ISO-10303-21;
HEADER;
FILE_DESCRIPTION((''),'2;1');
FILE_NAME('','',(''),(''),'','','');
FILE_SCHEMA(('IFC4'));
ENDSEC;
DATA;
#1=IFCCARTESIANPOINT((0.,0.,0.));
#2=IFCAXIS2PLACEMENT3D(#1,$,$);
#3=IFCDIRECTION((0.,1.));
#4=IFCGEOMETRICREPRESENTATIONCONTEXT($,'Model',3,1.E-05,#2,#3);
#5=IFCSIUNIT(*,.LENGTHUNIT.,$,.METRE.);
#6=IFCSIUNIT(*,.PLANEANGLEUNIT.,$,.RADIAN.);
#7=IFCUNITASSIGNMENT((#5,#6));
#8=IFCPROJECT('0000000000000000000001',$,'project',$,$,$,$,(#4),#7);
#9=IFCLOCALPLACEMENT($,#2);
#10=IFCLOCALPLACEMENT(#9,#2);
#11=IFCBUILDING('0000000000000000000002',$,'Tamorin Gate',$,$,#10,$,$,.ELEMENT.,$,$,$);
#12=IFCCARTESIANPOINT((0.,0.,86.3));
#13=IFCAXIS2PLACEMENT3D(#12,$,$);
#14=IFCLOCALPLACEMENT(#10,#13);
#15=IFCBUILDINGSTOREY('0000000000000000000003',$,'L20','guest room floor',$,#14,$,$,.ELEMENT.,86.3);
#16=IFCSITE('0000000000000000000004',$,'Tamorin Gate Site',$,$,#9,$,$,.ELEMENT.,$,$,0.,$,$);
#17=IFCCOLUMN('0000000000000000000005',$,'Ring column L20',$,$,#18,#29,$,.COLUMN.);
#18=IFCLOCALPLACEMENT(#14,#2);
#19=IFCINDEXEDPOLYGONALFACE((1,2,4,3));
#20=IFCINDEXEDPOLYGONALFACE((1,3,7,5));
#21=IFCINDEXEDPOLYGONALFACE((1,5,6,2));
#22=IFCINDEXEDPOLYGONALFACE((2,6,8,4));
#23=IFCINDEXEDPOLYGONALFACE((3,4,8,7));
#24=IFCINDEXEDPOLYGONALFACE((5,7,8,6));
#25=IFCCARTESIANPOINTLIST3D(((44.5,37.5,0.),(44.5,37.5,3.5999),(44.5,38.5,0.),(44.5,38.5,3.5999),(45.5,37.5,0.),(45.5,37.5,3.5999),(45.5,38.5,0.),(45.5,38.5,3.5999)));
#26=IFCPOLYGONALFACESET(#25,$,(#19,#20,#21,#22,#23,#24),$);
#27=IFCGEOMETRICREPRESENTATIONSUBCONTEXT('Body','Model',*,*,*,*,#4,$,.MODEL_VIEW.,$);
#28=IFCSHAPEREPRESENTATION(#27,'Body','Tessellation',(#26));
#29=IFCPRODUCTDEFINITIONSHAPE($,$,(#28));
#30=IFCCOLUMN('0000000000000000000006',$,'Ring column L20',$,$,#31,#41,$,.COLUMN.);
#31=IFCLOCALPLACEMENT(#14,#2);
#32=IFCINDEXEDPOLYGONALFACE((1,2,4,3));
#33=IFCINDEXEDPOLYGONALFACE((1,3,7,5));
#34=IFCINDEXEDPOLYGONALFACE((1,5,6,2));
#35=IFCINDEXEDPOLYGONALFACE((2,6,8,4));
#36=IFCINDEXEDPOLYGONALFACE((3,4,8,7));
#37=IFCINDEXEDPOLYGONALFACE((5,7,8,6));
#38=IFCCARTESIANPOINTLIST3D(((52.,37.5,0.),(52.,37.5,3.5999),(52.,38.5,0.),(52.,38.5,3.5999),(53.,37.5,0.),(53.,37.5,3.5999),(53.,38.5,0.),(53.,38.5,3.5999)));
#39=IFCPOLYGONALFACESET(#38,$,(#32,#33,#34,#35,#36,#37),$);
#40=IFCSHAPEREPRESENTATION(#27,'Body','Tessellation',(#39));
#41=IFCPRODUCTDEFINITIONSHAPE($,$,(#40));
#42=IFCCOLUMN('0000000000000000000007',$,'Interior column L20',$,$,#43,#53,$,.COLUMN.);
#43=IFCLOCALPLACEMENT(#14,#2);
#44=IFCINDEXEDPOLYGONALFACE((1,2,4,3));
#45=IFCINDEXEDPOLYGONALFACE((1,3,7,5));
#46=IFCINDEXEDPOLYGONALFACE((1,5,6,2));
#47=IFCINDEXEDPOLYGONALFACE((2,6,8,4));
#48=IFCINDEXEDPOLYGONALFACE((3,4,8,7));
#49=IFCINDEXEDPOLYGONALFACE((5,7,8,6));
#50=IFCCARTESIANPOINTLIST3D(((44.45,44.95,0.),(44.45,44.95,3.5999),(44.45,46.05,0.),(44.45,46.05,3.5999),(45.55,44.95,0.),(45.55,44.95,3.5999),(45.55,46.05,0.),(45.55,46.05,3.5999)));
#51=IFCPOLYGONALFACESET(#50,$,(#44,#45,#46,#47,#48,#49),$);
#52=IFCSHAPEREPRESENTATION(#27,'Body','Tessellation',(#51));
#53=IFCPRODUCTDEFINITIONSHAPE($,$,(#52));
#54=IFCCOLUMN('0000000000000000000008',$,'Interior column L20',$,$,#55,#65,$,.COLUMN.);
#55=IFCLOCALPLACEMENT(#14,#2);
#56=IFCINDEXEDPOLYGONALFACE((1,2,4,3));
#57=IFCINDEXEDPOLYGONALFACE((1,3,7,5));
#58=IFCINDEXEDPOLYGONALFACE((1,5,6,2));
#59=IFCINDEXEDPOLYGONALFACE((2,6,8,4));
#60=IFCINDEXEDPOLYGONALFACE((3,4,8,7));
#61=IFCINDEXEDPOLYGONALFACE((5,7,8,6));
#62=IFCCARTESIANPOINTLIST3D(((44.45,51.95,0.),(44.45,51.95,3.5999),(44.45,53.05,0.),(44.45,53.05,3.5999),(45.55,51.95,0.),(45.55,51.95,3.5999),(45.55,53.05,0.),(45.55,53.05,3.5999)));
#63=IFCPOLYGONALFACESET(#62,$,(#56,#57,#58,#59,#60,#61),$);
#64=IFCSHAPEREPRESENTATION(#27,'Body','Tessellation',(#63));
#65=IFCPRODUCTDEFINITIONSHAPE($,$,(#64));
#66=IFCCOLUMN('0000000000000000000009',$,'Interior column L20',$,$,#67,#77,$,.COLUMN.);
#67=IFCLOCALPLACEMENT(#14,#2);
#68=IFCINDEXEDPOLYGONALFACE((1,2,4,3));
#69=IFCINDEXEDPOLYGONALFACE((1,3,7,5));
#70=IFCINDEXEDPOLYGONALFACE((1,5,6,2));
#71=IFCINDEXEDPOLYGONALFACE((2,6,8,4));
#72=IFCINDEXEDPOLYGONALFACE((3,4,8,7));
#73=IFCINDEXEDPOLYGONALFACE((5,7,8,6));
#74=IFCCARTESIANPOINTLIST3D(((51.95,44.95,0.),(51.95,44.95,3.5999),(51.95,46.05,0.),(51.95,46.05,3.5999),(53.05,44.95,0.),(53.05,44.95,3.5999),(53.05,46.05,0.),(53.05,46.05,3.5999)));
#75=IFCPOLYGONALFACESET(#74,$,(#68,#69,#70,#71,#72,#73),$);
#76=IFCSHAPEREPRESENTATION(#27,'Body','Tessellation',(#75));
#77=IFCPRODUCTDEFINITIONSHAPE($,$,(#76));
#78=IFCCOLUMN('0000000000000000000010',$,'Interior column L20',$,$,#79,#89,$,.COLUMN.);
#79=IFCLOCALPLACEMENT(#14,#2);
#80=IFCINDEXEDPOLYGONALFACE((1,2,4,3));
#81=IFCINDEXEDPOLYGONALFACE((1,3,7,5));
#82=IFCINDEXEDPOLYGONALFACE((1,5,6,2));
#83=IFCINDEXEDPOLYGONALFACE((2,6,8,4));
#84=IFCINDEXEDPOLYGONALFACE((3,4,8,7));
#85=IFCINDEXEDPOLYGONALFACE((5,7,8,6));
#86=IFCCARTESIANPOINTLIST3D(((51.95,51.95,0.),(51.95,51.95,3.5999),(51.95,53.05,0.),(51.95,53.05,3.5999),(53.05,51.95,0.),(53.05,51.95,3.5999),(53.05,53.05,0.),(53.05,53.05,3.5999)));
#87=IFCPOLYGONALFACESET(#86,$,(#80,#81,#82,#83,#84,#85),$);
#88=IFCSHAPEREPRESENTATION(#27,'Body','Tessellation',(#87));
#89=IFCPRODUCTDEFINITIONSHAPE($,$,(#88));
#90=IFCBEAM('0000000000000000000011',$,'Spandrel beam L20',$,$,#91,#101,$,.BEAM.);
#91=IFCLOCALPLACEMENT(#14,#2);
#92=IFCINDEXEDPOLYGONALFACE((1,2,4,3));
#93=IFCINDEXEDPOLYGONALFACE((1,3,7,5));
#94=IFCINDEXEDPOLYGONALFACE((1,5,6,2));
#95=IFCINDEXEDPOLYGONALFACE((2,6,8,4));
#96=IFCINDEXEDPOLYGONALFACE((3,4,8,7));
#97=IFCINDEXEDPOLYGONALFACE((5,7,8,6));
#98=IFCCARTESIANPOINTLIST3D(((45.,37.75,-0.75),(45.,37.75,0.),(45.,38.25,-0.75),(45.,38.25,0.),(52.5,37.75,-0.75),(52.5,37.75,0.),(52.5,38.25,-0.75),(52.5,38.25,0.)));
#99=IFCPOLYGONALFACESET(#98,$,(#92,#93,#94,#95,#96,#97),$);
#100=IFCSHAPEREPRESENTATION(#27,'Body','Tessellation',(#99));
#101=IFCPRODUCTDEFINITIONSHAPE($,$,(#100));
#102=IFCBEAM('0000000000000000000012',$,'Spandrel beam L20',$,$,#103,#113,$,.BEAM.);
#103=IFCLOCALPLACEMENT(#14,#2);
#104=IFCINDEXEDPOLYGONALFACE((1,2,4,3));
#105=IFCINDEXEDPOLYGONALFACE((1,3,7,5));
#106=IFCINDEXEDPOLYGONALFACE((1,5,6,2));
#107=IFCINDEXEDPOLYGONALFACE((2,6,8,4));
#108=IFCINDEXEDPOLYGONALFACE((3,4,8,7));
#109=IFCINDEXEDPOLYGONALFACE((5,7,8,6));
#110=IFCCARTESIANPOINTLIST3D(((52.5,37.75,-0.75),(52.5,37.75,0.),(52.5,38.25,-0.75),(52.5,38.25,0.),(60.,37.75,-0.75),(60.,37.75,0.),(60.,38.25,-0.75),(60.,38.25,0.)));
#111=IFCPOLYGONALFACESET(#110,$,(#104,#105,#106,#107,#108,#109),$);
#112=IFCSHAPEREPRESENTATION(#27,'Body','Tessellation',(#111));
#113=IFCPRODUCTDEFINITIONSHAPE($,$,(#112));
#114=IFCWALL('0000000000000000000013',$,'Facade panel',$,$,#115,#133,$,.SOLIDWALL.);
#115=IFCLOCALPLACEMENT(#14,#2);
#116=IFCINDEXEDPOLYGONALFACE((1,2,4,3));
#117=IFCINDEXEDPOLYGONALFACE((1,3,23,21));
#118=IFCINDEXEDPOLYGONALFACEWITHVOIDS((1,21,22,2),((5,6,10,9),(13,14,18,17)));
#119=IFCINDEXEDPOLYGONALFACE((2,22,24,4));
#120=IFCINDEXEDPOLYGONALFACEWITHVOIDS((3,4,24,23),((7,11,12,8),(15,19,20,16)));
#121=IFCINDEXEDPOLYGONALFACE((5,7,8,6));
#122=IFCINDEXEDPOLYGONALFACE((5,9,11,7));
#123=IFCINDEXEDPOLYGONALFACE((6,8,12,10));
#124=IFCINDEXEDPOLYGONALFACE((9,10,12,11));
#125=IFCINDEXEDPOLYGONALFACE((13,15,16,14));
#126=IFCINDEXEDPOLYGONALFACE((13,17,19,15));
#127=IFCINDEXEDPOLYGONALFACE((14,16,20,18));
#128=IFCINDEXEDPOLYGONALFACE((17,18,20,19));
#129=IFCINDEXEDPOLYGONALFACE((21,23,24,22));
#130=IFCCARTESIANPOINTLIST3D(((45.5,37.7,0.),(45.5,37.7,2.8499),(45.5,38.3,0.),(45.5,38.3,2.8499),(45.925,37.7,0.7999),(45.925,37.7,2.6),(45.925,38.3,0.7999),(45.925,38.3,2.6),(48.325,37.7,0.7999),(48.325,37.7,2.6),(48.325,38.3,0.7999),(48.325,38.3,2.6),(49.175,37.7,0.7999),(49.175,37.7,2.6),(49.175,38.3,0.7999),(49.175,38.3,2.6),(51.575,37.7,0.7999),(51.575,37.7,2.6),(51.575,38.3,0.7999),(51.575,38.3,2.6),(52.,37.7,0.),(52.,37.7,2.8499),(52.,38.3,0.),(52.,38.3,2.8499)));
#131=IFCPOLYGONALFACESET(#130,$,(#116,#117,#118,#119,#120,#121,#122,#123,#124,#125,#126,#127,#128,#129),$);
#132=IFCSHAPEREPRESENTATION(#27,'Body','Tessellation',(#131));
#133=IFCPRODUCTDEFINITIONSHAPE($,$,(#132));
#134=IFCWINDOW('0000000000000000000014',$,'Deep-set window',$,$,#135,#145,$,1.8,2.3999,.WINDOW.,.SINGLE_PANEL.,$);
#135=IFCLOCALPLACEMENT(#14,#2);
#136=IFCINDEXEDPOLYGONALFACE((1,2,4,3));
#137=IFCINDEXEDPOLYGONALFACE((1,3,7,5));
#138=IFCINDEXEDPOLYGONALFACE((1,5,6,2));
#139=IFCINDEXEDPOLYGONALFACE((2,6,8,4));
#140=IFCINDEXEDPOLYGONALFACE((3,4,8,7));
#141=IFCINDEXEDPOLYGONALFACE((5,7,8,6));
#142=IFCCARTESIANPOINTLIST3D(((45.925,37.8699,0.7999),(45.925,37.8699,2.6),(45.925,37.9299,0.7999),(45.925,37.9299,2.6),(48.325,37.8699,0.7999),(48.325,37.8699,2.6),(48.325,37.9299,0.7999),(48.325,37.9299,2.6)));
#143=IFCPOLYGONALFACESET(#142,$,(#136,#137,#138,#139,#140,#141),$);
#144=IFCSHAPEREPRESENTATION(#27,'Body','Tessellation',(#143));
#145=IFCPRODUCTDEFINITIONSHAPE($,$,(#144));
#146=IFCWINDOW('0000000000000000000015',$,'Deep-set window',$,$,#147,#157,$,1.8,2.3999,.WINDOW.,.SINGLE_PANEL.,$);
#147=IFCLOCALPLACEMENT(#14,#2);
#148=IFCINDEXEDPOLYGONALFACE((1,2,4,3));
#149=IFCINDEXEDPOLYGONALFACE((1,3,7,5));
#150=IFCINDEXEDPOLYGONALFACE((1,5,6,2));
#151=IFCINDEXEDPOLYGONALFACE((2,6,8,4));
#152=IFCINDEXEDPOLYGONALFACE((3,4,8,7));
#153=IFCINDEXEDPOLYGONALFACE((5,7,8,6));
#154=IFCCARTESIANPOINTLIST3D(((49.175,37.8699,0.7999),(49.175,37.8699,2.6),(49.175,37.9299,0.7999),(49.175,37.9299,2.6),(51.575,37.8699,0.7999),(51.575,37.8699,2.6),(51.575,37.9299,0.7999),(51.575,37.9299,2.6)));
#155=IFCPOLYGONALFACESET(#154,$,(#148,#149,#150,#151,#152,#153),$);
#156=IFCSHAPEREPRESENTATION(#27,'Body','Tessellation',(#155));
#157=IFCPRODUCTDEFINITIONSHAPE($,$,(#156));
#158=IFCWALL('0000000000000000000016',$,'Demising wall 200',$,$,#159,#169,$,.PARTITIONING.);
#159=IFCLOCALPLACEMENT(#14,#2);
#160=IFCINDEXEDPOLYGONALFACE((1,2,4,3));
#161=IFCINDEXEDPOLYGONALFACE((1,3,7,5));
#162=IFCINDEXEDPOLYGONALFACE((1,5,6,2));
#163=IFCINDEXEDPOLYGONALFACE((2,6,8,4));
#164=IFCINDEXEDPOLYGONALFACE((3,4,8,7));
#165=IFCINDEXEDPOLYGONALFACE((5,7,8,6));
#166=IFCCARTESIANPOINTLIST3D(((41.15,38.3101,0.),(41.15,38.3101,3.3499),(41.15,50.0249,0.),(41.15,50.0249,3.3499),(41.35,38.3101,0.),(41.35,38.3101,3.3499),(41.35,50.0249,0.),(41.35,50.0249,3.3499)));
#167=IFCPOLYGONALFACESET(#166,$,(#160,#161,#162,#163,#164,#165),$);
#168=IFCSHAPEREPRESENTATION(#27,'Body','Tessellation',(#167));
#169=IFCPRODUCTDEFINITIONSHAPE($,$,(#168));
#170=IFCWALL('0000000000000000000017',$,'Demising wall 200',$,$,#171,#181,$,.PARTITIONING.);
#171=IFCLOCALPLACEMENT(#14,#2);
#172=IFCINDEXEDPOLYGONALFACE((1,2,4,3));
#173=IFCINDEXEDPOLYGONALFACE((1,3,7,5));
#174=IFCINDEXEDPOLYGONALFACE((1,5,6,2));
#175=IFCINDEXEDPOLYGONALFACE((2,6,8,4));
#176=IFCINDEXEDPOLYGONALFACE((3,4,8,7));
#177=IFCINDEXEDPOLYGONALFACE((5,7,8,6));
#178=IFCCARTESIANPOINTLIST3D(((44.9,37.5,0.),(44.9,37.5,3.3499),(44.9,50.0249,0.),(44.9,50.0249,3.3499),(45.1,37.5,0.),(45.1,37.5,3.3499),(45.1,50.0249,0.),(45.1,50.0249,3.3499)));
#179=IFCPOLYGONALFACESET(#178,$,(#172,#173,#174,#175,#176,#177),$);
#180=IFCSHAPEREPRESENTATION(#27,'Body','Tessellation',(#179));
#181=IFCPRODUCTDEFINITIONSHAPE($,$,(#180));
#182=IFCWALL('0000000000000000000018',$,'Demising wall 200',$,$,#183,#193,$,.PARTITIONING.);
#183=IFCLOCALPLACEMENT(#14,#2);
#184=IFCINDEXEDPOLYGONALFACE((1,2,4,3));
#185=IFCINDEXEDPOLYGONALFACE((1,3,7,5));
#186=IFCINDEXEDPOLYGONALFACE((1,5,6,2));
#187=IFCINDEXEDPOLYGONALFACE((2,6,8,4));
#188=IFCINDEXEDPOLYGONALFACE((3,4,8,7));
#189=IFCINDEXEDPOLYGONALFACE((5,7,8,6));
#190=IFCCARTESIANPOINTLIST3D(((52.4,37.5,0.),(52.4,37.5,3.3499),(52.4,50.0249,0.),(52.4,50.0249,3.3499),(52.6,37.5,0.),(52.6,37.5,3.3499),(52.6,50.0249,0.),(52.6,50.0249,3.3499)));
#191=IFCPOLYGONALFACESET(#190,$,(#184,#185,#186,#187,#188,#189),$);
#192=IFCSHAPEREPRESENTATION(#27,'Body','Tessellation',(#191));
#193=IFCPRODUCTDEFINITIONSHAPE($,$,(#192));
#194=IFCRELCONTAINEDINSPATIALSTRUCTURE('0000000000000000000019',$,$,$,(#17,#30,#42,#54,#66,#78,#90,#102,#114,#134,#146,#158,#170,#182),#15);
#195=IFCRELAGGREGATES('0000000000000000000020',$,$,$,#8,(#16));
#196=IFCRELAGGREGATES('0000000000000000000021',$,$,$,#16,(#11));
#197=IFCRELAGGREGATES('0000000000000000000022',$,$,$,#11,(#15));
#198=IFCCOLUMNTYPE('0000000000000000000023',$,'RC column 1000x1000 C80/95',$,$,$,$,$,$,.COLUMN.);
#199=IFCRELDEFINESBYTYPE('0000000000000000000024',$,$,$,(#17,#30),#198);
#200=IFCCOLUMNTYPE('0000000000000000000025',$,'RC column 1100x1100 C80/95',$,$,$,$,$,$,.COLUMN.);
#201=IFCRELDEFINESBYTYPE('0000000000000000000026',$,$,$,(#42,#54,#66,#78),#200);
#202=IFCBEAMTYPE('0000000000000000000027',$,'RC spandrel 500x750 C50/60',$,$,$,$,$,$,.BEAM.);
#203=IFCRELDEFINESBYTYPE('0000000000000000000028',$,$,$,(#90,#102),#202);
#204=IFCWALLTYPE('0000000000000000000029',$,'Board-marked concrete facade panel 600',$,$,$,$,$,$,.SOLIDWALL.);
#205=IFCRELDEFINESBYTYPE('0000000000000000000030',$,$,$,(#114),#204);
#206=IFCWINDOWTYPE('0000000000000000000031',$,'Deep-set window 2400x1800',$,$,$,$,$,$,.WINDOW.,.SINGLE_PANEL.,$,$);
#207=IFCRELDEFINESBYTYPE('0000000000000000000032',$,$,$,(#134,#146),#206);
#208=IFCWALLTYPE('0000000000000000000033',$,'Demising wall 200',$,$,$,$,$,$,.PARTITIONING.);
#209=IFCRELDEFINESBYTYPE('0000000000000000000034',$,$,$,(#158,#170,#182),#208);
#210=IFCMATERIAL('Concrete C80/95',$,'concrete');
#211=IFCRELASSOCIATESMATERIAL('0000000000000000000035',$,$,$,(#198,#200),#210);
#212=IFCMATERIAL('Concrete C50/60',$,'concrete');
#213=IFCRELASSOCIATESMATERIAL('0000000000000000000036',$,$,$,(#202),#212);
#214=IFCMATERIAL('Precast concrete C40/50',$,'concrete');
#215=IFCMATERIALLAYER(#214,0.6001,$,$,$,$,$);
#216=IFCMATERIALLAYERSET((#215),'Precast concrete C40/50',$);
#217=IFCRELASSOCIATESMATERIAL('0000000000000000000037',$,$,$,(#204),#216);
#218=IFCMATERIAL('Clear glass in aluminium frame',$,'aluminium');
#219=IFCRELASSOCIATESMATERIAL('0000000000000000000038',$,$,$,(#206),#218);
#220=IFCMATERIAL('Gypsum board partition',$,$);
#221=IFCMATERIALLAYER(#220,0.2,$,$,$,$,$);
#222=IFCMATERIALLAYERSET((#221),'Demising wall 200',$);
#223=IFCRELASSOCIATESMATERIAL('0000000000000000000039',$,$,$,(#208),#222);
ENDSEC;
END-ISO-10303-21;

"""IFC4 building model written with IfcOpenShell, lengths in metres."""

from ifc_helpers import new_model, si_unit, direction, frame, frame_2d, origin, origin_2d, place, context, subcontext, project, spatial, rectangle, extrude, material, layer, layer_set, material_profile, profile_set, type_object, element, fill, save


model = new_model("IFC4")

# Units and contexts
model_context = context("Model", 3, precision=1e-05, world=origin(), true_north=direction((0.0, 1.0)))
body_context = subcontext(model_context, "Body", "Model", "MODEL_VIEW")
ifc_project = project(units=[si_unit("LENGTHUNIT", "METRE"), si_unit("PLANEANGLEUNIT", "RADIAN")], contexts=[model_context])

# Site, building, storey
site_placement = place(None, origin())
site = spatial("IfcSite", under=ifc_project, at=site_placement, Name="Tamorin Gate Site", CompositionType="ELEMENT", RefElevation=0.0)
building_placement = place(site_placement, origin())
building = spatial("IfcBuilding", under=site, at=building_placement, Name="Tamorin Gate", CompositionType="ELEMENT")
storey_placement = place(building_placement, frame((0.0, 0.0, 86.3)))
storey = spatial("IfcBuildingStorey", under=building, at=storey_placement, Name="L20", Description="guest room floor", CompositionType="ELEMENT", Elevation=86.3)

# Columns
ifc_material_1 = material(Name="Concrete C80/95", Category="concrete")
ifc_material_profile_1 = material_profile(ifc_material_1, rectangle(XDim=1.0, YDim=1.0, at=origin_2d()), Name="RC 1000x1000")
ifc_profile_set_1 = profile_set([ifc_material_profile_1], Name="Concrete C80/95")
column_type_1 = type_object("IfcColumnType", Name="RC column 1000x1000 C80/95", PredefinedType="COLUMN", material=ifc_profile_set_1)
for number, where, z_axis, x_axis, name in (
    (1, (45.0, 38.0, 0.0), (0.0, 0.0, 1.0), (1.0, 0.0, 0.0), "Ring column L20"),
    (2, (52.5, 38.0, 0.0), (0.0, 0.0, 1.0), (1.0, 0.0, 0.0), "Ring column L20"),
):
    element("IfcColumn", number, at=place(storey_placement, frame(where, z_axis=z_axis, x_axis=x_axis)), inside=storey, type_object=column_type_1, Name=name, PredefinedType="COLUMN", context=body_context, shape_type="SweptSolid", body=[
        extrude(rectangle(XDim=1.0, YDim=1.0, at=origin_2d()), origin(), (0.0, 0.0, 1.0), 3.5999),
    ])
ifc_material_profile_2 = material_profile(ifc_material_1, rectangle(XDim=1.1001, YDim=1.1001, at=origin_2d()), Name="RC 1100x1100")
ifc_profile_set_2 = profile_set([ifc_material_profile_2], Name="Concrete C80/95")
column_type_2 = type_object("IfcColumnType", Name="RC column 1100x1100 C80/95", PredefinedType="COLUMN", material=ifc_profile_set_2)
for number, where, z_axis, x_axis, name in (
    (3, (45.0, 45.5, 0.0), (0.0, 0.0, 1.0), (1.0, 0.0, 0.0), "Interior column L20"),
    (4, (45.0, 52.5, 0.0), (0.0, 0.0, 1.0), (1.0, 0.0, 0.0), "Interior column L20"),
    (5, (52.5, 45.5, 0.0), (0.0, 0.0, 1.0), (1.0, 0.0, 0.0), "Interior column L20"),
    (6, (52.5, 52.5, 0.0), (0.0, 0.0, 1.0), (1.0, 0.0, 0.0), "Interior column L20"),
):
    element("IfcColumn", number, at=place(storey_placement, frame(where, z_axis=z_axis, x_axis=x_axis)), inside=storey, type_object=column_type_2, Name=name, PredefinedType="COLUMN", context=body_context, shape_type="SweptSolid", body=[
        extrude(rectangle(XDim=1.1001, YDim=1.1001, at=origin_2d()), origin(), (0.0, 0.0, 1.0), 3.5999),
    ])

# Beams
ifc_material_2 = material(Name="Concrete C50/60", Category="concrete")
ifc_material_profile_3 = material_profile(ifc_material_2, rectangle(XDim=0.5, YDim=0.75, at=origin_2d()), Name="RC 500x750")
ifc_profile_set_3 = profile_set([ifc_material_profile_3], Name="Concrete C50/60")
beam_type = type_object("IfcBeamType", Name="RC spandrel 500x750 C50/60", PredefinedType="BEAM", material=ifc_profile_set_3)
for number, where, z_axis, x_axis, name in (
    (7, (45.0, 38.0, -0.375), (1.0, 0.0, 0.0), (0.0, 1.0, 0.0), "Spandrel beam L20"),
    (8, (52.5, 38.0, -0.375), (1.0, 0.0, 0.0), (0.0, 1.0, 0.0), "Spandrel beam L20"),
):
    element("IfcBeam", number, at=place(storey_placement, frame(where, z_axis=z_axis, x_axis=x_axis)), inside=storey, type_object=beam_type, Name=name, PredefinedType="BEAM", context=body_context, shape_type="SweptSolid", body=[
        extrude(rectangle(XDim=0.5, YDim=0.75, at=origin_2d()), origin(), (0.0, 0.0, 1.0), 7.5),
    ])

# Wall, openings, windows
ifc_material_3 = material(Name="Precast concrete C40/50", Category="concrete")
ifc_layer_1 = layer(ifc_material_3, 0.6001)
ifc_layer_set_1 = layer_set([ifc_layer_1], Name="Precast concrete C40/50")
wall_type_1 = type_object("IfcWallType", Name="Board-marked concrete facade panel 600", PredefinedType="SOLIDWALL", material=ifc_layer_set_1)
wall_1_placement = place(storey_placement, frame((45.5, 38.0, 0.0), z_axis=(0.0, 0.0, 1.0), x_axis=(1.0, 0.0, 0.0)))
wall_1 = element("IfcWall", 9, at=wall_1_placement, inside=storey, type_object=wall_type_1, Name="Facade panel", PredefinedType="SOLIDWALL", context=body_context, shape_type="SweptSolid", body=[
    extrude(rectangle(XDim=6.5, YDim=0.6001, at=frame_2d((3.25, 0.0))), origin(), (0.0, 0.0, 1.0), 2.8499),
])
opening_1_placement = place(wall_1_placement, frame((0.425, 0.0, 0.8)))
opening_1 = element("IfcOpeningElement", 10, at=opening_1_placement, cuts=wall_1, PredefinedType="OPENING", context=body_context, shape_type="SweptSolid", body=[
    extrude(rectangle(XDim=2.3999, YDim=1.8, at=frame_2d((1.2, 0.8999))), frame((0.0, 0.3101, 0.0), z_axis=(0.0, -1.0, 0.0), x_axis=(1.0, 0.0, 0.0)), (0.0, 0.0, 1.0), 0.6201),
])
opening_2_placement = place(wall_1_placement, frame((3.675, 0.0, 0.8)))
opening_2 = element("IfcOpeningElement", 11, at=opening_2_placement, cuts=wall_1, PredefinedType="OPENING", context=body_context, shape_type="SweptSolid", body=[
    extrude(rectangle(XDim=2.3999, YDim=1.8, at=frame_2d((1.2, 0.8999))), frame((0.0, 0.3101, 0.0), z_axis=(0.0, -1.0, 0.0), x_axis=(1.0, 0.0, 0.0)), (0.0, 0.0, 1.0), 0.6201),
])
ifc_material_4 = material(Name="Clear glass in aluminium frame", Category="aluminium")
window_type = type_object("IfcWindowType", Name="Deep-set window 2400x1800", PartitioningType="SINGLE_PANEL", PredefinedType="WINDOW", material=ifc_material_4)
window_1_placement = place(opening_1_placement, origin())
window_1 = element("IfcWindow", 12, at=window_1_placement, inside=storey, type_object=window_type, Name="Deep-set window", OverallHeight=1.8, OverallWidth=2.3999, PartitioningType="SINGLE_PANEL", PredefinedType="WINDOW", context=body_context, shape_type="SweptSolid", body=[
    extrude(rectangle(XDim=2.3999, YDim=1.8, at=frame_2d((1.2, 0.8999))), frame((0.0, -0.0701, 0.0), z_axis=(0.0, -1.0, 0.0), x_axis=(1.0, 0.0, 0.0)), (0.0, 0.0, 1.0), 0.0601),
])
fill(opening_1, window_1)
window_2_placement = place(opening_2_placement, origin())
window_2 = element("IfcWindow", 13, at=window_2_placement, inside=storey, type_object=window_type, Name="Deep-set window", OverallHeight=1.8, OverallWidth=2.3999, PartitioningType="SINGLE_PANEL", PredefinedType="WINDOW", context=body_context, shape_type="SweptSolid", body=[
    extrude(rectangle(XDim=2.3999, YDim=1.8, at=frame_2d((1.2, 0.8999))), frame((0.0, -0.0701, 0.0), z_axis=(0.0, -1.0, 0.0), x_axis=(1.0, 0.0, 0.0)), (0.0, 0.0, 1.0), 0.0601),
])
fill(opening_2, window_2)

# Walls
ifc_material_5 = material(Name="Gypsum board partition")
ifc_layer_2 = layer(ifc_material_5, 0.2)
ifc_layer_set_2 = layer_set([ifc_layer_2], Name="Demising wall 200")
wall_type_2 = type_object("IfcWallType", Name="Demising wall 200", PredefinedType="PARTITIONING", material=ifc_layer_set_2)
wall_2_placement = place(storey_placement, frame((41.25, 38.3101, 0.0), z_axis=(0.0, 0.0, 1.0), x_axis=(0.0, 1.0, 0.0)))
element("IfcWall", 14, at=wall_2_placement, inside=storey, type_object=wall_type_2, Name="Demising wall 200", PredefinedType="PARTITIONING", context=body_context, shape_type="SweptSolid", body=[
    extrude(rectangle(XDim=11.7148, YDim=0.2, at=frame_2d((5.8574, 0.0))), origin(), (0.0, 0.0, 1.0), 3.3499),
])
for number, where, z_axis, x_axis, name in (
    (15, (45.0, 37.5, 0.0), (0.0, 0.0, 1.0), (0.0, 1.0, 0.0), "Demising wall 200"),
    (16, (52.5, 37.5, 0.0), (0.0, 0.0, 1.0), (0.0, 1.0, 0.0), "Demising wall 200"),
):
    element("IfcWall", number, at=place(storey_placement, frame(where, z_axis=z_axis, x_axis=x_axis)), inside=storey, type_object=wall_type_2, Name=name, PredefinedType="PARTITIONING", context=body_context, shape_type="SweptSolid", body=[
        extrude(rectangle(XDim=12.5249, YDim=0.2, at=frame_2d((6.2625, 0.0))), origin(), (0.0, 0.0, 1.0), 3.3499),
    ])

save(model, "model.ifc")
